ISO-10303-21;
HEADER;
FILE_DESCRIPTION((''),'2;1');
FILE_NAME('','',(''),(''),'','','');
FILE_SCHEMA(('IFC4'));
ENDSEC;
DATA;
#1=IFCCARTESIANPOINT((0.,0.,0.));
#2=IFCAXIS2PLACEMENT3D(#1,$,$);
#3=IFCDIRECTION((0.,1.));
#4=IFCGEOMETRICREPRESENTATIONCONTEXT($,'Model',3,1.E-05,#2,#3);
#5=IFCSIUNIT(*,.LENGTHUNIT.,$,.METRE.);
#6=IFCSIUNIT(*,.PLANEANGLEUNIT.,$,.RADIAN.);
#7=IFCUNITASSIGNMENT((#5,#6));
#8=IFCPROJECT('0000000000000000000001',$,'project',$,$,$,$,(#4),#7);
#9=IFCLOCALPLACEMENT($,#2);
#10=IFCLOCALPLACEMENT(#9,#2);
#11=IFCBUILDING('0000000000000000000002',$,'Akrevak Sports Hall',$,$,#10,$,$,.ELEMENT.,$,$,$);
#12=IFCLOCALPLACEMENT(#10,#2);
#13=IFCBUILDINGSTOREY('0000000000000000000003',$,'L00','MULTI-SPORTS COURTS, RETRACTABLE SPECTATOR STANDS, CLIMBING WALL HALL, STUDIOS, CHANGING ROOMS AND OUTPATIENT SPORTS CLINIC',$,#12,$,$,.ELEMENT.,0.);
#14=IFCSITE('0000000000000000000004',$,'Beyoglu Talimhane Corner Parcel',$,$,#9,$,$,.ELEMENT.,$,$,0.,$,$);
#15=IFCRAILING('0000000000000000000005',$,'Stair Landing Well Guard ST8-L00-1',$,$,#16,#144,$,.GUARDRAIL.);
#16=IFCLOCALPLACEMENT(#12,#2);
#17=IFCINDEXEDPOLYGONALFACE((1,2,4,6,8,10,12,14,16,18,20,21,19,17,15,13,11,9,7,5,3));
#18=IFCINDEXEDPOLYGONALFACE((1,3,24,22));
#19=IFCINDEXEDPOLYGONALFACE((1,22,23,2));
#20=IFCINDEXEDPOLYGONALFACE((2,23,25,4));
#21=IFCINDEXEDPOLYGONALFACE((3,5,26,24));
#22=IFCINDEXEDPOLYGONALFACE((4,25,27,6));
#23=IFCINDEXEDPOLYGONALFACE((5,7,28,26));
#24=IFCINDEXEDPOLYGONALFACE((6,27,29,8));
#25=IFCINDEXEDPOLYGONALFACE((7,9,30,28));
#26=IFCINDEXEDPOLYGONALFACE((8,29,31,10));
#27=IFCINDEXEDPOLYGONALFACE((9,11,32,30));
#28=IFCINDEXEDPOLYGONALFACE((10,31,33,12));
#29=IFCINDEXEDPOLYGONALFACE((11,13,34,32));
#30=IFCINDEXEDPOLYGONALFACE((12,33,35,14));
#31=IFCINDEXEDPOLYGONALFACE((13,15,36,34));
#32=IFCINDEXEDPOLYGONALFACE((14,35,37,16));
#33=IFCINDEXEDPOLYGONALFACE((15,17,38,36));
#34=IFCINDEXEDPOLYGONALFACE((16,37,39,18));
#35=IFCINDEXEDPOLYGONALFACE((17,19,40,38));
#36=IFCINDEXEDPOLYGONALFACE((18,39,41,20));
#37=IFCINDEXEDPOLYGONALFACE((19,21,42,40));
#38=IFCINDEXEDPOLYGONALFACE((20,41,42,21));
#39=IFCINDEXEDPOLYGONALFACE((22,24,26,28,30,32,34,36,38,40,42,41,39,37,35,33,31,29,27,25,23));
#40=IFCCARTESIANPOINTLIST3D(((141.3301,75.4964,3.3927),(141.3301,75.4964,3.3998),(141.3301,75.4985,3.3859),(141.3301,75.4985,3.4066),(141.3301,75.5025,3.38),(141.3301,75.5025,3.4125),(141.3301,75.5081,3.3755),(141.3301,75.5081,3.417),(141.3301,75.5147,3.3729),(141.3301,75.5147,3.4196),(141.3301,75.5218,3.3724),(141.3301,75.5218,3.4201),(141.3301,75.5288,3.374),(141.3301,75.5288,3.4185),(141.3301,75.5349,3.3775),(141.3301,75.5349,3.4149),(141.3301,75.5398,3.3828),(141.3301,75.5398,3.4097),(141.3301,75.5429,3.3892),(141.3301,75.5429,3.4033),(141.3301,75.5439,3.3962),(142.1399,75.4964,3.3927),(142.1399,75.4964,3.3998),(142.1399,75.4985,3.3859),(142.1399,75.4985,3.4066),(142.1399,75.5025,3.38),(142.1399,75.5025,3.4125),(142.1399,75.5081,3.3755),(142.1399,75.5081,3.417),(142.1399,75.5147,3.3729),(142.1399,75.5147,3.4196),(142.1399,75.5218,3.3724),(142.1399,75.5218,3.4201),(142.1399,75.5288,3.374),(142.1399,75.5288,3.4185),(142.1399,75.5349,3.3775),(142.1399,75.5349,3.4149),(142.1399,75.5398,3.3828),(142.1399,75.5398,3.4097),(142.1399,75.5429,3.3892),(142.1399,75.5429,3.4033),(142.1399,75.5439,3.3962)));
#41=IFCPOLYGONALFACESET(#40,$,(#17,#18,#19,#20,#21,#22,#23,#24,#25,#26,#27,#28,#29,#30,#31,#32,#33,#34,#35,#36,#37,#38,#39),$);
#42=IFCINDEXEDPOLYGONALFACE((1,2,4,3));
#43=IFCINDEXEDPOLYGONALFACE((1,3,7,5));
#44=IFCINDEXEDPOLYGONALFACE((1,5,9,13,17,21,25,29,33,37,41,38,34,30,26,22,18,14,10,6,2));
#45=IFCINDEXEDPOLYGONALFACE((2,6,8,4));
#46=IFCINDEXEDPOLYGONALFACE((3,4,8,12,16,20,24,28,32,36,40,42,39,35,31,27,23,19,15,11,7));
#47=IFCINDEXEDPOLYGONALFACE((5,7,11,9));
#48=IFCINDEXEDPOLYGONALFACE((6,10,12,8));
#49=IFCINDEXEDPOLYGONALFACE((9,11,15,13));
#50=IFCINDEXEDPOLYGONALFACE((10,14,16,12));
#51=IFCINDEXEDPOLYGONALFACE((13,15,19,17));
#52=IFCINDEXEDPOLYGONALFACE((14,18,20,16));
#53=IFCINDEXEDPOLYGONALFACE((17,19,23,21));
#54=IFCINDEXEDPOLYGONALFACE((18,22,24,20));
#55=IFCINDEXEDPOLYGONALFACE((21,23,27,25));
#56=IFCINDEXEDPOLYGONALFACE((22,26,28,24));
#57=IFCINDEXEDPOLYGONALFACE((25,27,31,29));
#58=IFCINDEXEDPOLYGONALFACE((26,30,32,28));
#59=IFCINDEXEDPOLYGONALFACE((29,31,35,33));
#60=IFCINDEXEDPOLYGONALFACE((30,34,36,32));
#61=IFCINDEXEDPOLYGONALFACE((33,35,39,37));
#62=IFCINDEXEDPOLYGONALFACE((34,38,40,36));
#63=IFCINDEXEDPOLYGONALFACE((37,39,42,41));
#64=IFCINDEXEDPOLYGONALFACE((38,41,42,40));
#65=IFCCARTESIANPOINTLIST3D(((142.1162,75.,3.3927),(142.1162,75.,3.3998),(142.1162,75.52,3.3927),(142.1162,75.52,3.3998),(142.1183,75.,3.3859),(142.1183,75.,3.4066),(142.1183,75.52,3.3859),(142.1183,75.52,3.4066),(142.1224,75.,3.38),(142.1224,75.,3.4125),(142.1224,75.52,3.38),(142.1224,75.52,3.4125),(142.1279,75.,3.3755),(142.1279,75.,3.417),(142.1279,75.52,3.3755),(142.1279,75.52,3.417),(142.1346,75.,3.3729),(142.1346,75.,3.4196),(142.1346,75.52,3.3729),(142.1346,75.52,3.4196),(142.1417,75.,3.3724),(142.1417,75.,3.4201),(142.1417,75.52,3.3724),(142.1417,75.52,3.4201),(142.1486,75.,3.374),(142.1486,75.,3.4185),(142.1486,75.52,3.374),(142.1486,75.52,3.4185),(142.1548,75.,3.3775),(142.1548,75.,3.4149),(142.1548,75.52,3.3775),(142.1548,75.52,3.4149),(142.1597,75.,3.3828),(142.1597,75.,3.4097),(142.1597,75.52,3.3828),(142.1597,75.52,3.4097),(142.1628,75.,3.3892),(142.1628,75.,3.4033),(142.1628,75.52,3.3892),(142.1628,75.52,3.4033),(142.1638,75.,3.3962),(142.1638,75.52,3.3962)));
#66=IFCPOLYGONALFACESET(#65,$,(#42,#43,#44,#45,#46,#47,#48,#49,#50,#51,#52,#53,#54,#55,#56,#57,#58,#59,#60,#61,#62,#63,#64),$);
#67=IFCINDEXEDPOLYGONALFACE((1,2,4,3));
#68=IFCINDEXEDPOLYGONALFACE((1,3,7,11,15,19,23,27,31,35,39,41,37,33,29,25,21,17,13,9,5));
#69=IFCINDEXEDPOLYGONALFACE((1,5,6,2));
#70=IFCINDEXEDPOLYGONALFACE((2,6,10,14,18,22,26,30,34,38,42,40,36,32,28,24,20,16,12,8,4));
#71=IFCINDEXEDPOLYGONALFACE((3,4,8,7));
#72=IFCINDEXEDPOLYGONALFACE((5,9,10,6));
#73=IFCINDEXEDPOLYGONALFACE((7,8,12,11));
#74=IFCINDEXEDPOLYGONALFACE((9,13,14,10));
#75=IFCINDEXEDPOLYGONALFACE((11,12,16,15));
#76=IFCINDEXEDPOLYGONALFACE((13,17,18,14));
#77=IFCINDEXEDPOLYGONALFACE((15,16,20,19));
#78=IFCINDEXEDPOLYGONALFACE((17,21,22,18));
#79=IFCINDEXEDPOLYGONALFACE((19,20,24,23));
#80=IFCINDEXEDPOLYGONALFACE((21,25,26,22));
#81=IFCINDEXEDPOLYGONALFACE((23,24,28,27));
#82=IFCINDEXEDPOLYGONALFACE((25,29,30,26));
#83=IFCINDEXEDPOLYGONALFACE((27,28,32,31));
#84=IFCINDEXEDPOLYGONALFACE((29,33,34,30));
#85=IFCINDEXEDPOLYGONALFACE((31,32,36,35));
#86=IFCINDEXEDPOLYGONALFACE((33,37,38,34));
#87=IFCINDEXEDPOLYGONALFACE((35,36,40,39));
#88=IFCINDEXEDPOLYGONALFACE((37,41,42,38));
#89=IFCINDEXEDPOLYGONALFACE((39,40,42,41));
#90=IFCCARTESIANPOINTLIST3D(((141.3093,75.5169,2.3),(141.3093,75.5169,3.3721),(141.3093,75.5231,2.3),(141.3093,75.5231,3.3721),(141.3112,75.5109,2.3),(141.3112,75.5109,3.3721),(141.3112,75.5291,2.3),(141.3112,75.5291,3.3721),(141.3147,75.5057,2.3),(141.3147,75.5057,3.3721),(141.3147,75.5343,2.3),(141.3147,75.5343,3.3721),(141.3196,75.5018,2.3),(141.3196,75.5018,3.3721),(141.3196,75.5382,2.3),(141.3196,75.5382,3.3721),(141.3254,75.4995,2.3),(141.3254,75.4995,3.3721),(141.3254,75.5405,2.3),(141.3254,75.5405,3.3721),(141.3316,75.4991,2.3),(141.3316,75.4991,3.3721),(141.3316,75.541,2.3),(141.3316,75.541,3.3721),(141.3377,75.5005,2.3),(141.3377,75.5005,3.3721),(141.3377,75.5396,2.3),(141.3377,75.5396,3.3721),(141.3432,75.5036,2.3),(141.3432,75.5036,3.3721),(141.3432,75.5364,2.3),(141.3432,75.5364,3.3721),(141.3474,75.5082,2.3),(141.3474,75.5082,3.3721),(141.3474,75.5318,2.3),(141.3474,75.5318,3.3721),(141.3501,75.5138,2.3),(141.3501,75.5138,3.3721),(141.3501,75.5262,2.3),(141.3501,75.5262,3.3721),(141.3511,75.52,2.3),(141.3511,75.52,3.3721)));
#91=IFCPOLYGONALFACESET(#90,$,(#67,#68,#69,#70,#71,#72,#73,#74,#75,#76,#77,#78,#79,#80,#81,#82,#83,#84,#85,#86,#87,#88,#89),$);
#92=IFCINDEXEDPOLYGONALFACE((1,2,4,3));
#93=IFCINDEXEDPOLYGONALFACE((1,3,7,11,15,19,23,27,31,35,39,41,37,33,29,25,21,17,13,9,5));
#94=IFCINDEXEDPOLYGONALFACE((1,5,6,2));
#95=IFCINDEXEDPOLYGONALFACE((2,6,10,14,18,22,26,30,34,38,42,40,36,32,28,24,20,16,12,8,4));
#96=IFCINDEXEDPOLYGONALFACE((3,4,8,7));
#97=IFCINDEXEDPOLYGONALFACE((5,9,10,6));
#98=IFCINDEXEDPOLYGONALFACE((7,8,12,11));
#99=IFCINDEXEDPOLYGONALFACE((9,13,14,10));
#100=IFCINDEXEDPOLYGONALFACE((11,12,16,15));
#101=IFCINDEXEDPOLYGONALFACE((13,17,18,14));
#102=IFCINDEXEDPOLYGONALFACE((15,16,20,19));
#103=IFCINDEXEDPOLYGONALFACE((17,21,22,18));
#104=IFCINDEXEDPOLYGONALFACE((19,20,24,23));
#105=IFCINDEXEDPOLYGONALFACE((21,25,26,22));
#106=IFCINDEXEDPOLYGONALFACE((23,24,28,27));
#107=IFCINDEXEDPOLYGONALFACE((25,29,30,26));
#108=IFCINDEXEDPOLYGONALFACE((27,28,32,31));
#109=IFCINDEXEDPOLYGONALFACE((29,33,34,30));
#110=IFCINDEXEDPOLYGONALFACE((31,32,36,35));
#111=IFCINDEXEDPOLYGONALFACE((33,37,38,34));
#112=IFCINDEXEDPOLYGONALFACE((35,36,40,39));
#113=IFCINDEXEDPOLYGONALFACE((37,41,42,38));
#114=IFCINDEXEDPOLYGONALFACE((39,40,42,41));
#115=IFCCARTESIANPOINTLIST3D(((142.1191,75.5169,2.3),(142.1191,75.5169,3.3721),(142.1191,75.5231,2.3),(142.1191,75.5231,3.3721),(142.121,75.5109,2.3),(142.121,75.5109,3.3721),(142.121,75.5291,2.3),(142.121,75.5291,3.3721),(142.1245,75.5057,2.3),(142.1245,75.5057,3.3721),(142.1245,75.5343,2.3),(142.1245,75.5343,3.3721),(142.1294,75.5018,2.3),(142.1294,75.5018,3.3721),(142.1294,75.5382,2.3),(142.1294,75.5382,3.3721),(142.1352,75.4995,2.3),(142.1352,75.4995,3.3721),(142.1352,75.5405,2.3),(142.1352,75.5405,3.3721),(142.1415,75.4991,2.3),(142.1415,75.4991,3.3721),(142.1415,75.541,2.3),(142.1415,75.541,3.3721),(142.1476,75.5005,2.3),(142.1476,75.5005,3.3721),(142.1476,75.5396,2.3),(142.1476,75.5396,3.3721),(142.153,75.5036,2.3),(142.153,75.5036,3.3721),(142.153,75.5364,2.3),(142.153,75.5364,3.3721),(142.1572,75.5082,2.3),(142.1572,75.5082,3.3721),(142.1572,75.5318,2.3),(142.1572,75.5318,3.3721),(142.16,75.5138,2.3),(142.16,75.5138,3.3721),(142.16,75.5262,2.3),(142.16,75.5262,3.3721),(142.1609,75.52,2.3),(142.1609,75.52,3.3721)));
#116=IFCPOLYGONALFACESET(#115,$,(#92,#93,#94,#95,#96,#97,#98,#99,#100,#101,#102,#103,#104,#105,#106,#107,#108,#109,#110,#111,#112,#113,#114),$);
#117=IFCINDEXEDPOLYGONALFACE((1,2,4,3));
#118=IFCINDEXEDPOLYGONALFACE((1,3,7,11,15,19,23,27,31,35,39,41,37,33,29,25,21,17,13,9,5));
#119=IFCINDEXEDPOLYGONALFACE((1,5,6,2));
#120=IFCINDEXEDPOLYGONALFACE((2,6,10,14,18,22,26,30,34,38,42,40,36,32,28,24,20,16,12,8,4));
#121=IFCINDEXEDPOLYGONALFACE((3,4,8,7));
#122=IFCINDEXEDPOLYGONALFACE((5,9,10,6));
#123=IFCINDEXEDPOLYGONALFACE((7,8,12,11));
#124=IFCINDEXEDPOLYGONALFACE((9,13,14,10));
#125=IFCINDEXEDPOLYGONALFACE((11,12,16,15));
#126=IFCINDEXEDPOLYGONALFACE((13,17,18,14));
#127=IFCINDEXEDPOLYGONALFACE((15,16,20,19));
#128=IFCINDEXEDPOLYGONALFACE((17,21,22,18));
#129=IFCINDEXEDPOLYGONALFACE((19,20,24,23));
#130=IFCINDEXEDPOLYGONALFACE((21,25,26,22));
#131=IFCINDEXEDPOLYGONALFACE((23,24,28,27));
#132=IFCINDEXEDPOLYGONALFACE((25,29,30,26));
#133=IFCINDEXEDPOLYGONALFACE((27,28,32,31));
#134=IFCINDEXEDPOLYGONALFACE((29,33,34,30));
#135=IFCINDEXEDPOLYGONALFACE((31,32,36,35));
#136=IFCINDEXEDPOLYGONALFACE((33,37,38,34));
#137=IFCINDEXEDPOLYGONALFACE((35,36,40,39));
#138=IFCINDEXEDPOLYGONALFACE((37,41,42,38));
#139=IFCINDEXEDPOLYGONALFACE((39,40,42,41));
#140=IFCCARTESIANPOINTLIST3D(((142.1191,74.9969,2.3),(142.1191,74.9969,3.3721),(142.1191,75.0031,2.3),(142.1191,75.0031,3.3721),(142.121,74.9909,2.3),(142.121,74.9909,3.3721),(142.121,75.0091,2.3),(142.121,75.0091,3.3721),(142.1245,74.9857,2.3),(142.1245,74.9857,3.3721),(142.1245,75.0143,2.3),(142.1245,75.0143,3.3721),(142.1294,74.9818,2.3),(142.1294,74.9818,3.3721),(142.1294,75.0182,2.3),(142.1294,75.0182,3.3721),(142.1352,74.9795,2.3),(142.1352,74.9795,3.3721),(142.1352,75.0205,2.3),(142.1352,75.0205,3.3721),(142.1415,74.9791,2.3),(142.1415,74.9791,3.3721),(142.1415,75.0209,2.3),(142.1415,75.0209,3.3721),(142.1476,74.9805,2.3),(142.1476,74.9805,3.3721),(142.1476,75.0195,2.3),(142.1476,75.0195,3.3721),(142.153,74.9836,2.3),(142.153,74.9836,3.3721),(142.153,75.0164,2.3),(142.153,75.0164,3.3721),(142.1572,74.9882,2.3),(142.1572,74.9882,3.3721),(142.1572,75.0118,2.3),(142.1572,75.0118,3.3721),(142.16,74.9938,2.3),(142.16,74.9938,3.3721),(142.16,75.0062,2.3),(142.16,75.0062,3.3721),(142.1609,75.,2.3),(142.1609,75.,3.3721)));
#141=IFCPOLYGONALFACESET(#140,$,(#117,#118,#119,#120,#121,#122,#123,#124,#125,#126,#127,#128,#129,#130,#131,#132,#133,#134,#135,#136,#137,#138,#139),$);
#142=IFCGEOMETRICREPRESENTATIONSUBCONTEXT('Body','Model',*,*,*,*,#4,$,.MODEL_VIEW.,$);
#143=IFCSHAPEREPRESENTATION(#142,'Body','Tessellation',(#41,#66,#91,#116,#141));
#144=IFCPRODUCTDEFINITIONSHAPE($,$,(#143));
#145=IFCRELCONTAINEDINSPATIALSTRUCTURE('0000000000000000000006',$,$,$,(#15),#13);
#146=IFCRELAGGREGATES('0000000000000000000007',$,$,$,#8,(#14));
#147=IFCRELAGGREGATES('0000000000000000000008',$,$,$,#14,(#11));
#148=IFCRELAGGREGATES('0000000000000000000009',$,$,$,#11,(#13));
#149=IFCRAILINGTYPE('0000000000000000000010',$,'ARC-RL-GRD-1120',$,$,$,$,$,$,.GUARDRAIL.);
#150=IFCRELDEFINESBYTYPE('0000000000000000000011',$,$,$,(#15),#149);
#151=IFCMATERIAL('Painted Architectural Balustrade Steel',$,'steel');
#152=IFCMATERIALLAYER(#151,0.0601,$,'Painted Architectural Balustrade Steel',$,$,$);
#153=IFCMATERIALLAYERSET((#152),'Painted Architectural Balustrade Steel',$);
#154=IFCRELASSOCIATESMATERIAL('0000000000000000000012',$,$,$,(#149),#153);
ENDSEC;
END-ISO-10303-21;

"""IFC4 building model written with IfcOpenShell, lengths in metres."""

from ifc_helpers import new_model, si_unit, direction, frame, origin, origin_2d, place, context, subcontext, project, spatial, circle, extrude, material, layer, layer_set, type_object, element, save


model = new_model("IFC4")

# Units and contexts
model_context = context("Model", 3, precision=1e-05, world=origin(), true_north=direction((0.0, 1.0)))
body_context = subcontext(model_context, "Body", "Model", "MODEL_VIEW")
ifc_project = project(units=[si_unit("LENGTHUNIT", "METRE"), si_unit("PLANEANGLEUNIT", "RADIAN")], contexts=[model_context])

# Site, building, storey
site_placement = place(None, origin())
site = spatial("IfcSite", under=ifc_project, at=site_placement, Name="Beyoglu Talimhane Corner Parcel", CompositionType="ELEMENT", RefElevation=0.0)
building_placement = place(site_placement, origin())
building = spatial("IfcBuilding", under=site, at=building_placement, Name="Akrevak Sports Hall", CompositionType="ELEMENT")
storey_placement = place(building_placement, origin())
storey = spatial("IfcBuildingStorey", under=building, at=storey_placement, Name="L00", Description="MULTI-SPORTS COURTS, RETRACTABLE SPECTATOR STANDS, CLIMBING WALL HALL, STUDIOS, CHANGING ROOMS AND OUTPATIENT SPORTS CLINIC", CompositionType="ELEMENT", Elevation=0.0)

# Railing
ifc_material_1 = material(Name="Painted Architectural Balustrade Steel", Category="steel")
ifc_layer_1 = layer(ifc_material_1, 0.0601, Name="Painted Architectural Balustrade Steel")
ifc_layer_set_1 = layer_set([ifc_layer_1], Name="Painted Architectural Balustrade Steel")
railing_type = type_object("IfcRailingType", Name="ARC-RL-GRD-1120", PredefinedType="GUARDRAIL", material=ifc_layer_set_1)
railing_placement = place(storey_placement, frame((141.3301, 75.52, 2.3)))
element("IfcRailing", 1, at=railing_placement, inside=storey, type_object=railing_type, Name="Stair Landing Well Guard ST8-L00-1", PredefinedType="GUARDRAIL", context=body_context, shape_type="SweptSolid", body=[
    extrude(circle(Radius=0.0239, at=origin_2d()), frame((0.0, 0.0, 1.0962), z_axis=(1.0, 0.0, 0.0), x_axis=(0.0, 1.0, 0.0)), (0.0, 0.0, 1.0), 0.8098),
    extrude(circle(Radius=0.0239, at=origin_2d()), frame((0.8098, 0.0, 1.0962), z_axis=(0.0, -1.0, 0.0), x_axis=(1.0, 0.0, 0.0)), (0.0, 0.0, 1.0), 0.52),
    extrude(circle(Radius=0.021, at=origin_2d()), origin(), (0.0, 0.0, 1.0), 1.072),
    extrude(circle(Radius=0.021, at=origin_2d()), frame((0.8098, 0.0, 0.0)), (0.0, 0.0, 1.0), 1.072),
    extrude(circle(Radius=0.021, at=origin_2d()), frame((0.8098, -0.52, 0.0)), (0.0, 0.0, 1.0), 1.072),
])

save(model, "model.ifc")
